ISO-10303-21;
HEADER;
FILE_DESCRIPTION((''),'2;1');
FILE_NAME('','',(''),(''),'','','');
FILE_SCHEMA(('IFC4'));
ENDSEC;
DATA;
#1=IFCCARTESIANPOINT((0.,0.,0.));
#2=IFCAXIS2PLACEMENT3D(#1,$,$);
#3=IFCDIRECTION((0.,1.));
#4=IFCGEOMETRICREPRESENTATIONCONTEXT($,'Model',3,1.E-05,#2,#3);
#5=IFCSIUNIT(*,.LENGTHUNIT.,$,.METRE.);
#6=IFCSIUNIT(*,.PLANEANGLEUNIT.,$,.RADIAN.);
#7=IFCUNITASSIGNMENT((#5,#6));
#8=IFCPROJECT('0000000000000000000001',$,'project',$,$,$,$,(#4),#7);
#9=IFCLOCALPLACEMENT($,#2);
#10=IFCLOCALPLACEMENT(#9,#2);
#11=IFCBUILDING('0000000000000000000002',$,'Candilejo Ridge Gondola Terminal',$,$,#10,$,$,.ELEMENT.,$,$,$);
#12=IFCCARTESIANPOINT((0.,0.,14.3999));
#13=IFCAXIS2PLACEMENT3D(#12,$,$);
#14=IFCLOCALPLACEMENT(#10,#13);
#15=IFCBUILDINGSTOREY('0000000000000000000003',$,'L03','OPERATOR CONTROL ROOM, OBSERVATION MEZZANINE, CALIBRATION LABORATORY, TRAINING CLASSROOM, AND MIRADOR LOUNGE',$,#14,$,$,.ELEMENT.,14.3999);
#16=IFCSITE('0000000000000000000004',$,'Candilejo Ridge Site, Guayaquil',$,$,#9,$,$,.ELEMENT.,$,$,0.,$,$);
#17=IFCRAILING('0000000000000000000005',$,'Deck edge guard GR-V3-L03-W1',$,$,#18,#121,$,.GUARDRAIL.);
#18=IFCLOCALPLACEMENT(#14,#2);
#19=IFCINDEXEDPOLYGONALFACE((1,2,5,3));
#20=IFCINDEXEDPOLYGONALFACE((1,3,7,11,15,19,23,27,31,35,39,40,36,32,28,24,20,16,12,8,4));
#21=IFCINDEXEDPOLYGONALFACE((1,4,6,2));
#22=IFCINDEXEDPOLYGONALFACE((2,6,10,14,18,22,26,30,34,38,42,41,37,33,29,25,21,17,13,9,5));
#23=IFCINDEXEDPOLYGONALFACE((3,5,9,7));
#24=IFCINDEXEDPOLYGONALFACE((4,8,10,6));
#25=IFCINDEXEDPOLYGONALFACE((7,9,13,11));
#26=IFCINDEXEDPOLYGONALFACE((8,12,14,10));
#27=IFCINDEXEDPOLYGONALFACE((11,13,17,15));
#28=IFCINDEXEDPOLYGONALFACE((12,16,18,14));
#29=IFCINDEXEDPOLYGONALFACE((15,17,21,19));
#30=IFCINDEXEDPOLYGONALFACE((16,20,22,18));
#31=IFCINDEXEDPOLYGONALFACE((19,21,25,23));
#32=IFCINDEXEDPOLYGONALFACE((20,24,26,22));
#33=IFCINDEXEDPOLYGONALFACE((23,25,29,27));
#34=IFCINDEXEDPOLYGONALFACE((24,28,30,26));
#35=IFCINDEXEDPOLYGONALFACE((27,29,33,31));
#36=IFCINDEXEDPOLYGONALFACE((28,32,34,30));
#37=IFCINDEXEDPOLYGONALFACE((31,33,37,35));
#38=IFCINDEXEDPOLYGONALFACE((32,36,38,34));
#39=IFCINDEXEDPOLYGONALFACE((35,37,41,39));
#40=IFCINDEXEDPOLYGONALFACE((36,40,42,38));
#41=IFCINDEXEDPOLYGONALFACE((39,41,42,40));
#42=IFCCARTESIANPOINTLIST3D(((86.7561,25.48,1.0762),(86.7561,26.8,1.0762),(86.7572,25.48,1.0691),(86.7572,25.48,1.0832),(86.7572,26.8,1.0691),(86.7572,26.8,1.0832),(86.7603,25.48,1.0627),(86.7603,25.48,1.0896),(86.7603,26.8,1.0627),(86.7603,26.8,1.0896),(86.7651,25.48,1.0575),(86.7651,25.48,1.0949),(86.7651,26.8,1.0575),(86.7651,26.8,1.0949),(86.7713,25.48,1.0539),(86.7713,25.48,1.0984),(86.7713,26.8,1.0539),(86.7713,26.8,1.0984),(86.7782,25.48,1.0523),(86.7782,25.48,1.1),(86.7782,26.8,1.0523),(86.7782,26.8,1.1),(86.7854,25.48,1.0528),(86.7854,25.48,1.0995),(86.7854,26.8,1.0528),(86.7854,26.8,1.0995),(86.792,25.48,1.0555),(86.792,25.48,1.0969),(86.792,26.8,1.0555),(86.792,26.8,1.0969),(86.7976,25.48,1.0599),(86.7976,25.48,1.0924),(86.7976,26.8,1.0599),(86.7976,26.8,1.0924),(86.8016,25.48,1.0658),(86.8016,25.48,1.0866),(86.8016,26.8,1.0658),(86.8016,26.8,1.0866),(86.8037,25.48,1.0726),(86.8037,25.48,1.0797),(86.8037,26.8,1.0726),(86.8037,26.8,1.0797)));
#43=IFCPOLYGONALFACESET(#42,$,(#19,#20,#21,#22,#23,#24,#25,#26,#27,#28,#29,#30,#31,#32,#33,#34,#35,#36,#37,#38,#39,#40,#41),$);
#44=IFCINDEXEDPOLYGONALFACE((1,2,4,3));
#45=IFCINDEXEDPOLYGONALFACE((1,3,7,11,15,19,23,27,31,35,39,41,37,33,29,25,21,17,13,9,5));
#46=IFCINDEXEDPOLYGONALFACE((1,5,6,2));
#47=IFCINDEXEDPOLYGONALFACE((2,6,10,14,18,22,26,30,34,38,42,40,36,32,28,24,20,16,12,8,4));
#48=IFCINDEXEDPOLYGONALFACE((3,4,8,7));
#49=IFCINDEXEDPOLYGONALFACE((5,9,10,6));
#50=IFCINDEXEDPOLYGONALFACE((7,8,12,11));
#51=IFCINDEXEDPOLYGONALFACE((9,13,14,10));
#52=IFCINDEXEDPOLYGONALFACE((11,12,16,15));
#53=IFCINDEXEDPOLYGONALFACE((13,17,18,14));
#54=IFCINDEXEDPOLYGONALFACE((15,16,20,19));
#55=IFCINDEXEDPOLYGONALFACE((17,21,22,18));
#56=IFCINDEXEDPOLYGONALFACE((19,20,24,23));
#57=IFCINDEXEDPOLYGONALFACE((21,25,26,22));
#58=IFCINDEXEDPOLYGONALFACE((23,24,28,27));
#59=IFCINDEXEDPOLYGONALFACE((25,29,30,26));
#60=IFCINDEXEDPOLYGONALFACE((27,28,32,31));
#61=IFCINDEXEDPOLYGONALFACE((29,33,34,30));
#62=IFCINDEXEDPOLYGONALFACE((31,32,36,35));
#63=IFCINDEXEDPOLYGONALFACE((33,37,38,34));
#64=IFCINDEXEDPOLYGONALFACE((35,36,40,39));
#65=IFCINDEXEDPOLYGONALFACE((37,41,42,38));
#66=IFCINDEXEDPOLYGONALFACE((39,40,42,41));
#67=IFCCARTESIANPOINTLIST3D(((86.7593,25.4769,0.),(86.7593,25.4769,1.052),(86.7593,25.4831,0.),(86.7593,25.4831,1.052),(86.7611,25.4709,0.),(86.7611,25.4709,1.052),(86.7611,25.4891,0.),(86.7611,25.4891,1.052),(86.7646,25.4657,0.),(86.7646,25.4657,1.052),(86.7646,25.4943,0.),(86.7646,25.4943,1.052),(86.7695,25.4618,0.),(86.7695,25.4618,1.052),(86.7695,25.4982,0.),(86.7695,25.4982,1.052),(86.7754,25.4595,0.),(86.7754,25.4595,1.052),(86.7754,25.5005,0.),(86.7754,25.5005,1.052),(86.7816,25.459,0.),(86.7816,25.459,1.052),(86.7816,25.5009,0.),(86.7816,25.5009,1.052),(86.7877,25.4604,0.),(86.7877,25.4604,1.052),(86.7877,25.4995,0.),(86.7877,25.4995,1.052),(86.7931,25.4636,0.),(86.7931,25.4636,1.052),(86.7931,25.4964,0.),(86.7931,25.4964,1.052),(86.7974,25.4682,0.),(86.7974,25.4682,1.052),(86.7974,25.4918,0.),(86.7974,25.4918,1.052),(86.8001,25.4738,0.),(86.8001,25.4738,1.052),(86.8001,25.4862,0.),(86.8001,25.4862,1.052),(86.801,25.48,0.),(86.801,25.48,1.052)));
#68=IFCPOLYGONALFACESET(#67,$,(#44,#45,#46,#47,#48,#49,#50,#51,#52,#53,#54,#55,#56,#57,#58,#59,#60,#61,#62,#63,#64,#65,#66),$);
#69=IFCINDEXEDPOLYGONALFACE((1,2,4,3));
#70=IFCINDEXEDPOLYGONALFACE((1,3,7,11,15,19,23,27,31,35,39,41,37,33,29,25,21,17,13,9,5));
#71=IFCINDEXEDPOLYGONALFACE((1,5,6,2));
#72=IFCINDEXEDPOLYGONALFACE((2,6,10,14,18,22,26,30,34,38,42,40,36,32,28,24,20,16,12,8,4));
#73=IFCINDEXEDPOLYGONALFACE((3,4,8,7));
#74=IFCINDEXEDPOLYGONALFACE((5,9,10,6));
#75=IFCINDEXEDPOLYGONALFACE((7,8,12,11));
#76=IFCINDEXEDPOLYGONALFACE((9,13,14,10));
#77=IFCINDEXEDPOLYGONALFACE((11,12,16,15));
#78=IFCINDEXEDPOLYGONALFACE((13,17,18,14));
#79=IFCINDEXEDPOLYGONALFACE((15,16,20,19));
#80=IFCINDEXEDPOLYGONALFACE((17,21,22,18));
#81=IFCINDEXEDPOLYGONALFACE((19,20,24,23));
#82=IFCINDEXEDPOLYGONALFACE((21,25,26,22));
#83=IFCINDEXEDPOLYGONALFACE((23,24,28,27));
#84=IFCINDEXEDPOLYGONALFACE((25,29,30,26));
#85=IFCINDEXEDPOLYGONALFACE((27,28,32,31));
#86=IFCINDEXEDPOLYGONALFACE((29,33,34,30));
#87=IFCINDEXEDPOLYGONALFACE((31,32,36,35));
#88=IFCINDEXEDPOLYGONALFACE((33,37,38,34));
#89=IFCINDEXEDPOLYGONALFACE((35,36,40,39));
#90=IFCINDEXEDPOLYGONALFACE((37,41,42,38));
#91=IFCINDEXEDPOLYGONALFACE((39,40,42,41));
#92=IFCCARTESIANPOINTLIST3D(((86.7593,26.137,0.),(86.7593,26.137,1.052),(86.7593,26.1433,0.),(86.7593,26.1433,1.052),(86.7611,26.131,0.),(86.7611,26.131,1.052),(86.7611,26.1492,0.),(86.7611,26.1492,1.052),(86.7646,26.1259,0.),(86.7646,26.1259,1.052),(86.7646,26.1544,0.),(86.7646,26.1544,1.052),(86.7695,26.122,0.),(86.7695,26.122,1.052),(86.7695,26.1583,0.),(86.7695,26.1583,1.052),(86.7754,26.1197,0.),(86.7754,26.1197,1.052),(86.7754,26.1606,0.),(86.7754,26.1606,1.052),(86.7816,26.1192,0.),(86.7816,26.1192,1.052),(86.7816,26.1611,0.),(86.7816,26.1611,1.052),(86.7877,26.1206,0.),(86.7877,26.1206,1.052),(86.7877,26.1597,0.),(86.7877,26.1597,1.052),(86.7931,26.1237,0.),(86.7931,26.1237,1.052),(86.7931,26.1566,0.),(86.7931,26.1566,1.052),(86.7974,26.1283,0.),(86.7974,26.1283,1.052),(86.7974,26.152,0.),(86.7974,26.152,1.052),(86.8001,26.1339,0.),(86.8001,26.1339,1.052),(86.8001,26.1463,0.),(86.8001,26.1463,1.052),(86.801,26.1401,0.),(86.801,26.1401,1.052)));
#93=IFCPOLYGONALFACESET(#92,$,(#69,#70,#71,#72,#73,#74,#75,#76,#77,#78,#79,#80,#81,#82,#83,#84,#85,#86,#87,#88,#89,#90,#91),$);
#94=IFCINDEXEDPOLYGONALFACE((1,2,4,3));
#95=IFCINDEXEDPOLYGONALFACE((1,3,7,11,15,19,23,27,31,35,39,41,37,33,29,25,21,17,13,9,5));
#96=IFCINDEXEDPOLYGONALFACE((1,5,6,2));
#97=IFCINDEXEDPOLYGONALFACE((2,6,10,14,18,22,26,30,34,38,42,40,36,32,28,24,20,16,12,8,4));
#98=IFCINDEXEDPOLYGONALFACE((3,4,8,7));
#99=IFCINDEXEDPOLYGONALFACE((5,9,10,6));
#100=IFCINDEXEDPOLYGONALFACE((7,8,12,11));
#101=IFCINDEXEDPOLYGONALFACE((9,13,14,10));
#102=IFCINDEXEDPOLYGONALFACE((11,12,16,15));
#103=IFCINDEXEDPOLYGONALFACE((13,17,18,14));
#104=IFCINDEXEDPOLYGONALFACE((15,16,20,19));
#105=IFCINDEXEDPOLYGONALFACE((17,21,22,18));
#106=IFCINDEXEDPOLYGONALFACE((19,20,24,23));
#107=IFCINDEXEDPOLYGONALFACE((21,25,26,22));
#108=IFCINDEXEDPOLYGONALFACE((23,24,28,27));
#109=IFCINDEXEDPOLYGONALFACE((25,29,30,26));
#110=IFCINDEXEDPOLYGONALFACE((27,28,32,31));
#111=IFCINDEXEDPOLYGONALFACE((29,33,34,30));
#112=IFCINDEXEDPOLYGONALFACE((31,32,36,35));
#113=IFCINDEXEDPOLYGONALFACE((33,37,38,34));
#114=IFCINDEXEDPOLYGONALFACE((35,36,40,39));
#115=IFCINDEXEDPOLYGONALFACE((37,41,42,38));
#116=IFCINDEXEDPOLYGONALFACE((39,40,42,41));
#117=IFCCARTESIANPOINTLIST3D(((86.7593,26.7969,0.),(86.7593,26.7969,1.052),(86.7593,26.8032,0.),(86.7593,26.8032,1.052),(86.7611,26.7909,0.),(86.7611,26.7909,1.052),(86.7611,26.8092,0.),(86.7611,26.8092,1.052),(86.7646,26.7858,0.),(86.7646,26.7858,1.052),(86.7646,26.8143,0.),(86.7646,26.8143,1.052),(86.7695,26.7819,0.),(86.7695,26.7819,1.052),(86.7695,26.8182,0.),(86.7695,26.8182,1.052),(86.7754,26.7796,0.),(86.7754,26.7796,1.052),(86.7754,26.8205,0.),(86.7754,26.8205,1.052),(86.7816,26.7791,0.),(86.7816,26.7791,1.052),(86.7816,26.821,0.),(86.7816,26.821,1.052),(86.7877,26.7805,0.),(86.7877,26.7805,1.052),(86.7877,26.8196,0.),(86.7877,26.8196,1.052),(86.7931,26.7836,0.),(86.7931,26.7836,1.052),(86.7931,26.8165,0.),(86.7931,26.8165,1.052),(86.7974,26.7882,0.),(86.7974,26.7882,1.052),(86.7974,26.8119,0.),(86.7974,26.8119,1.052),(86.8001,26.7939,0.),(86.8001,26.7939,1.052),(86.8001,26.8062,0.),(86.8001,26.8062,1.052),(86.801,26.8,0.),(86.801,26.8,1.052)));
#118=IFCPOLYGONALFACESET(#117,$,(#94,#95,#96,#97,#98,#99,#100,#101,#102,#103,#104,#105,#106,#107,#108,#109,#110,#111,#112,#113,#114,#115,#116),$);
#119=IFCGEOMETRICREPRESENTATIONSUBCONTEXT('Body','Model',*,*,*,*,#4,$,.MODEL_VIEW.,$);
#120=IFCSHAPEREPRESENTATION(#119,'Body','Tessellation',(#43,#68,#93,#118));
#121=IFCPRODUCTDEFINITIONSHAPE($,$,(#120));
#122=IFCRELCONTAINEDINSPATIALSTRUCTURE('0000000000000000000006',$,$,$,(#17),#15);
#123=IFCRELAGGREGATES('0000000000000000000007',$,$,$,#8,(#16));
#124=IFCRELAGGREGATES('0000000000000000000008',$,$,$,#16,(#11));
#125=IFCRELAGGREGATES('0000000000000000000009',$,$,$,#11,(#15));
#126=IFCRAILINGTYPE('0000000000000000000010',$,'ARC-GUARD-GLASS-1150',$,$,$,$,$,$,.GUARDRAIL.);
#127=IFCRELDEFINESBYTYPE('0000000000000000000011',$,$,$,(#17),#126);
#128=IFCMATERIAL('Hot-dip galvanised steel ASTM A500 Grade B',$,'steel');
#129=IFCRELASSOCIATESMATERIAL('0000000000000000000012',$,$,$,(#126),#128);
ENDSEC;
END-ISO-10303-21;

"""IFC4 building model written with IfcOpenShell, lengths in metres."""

from ifc_helpers import new_model, si_unit, direction, frame, origin, origin_2d, place, context, subcontext, project, spatial, circle, extrude, material, type_object, element, save


model = new_model("IFC4")

# Units and contexts
model_context = context("Model", 3, precision=1e-05, world=origin(), true_north=direction((0.0, 1.0)))
body_context = subcontext(model_context, "Body", "Model", "MODEL_VIEW")
ifc_project = project(units=[si_unit("LENGTHUNIT", "METRE"), si_unit("PLANEANGLEUNIT", "RADIAN")], contexts=[model_context])

# Site, building, storey
site_placement = place(None, origin())
site = spatial("IfcSite", under=ifc_project, at=site_placement, Name="Candilejo Ridge Site, Guayaquil", CompositionType="ELEMENT", RefElevation=0.0)
building_placement = place(site_placement, origin())
building = spatial("IfcBuilding", under=site, at=building_placement, Name="Candilejo Ridge Gondola Terminal", CompositionType="ELEMENT")
storey_placement = place(building_placement, frame((0.0, 0.0, 14.3999)))
storey = spatial("IfcBuildingStorey", under=building, at=storey_placement, Name="L03", Description="OPERATOR CONTROL ROOM, OBSERVATION MEZZANINE, CALIBRATION LABORATORY, TRAINING CLASSROOM, AND MIRADOR LOUNGE", CompositionType="ELEMENT", Elevation=14.3999)

# Railing
ifc_material_1 = material(Name="Hot-dip galvanised steel ASTM A500 Grade B", Category="steel")
railing_type_1 = type_object("IfcRailingType", Name="ARC-GUARD-GLASS-1150", PredefinedType="GUARDRAIL", material=ifc_material_1)
for number, where, name in (
    (1, (86.78, 25.48, 0.0), "Deck edge guard GR-V3-L03-W1"),
):
    element("IfcRailing", number, at=place(storey_placement, frame(where)), inside=storey, type_object=railing_type_1, Name=name, PredefinedType="GUARDRAIL", context=body_context, shape_type="SweptSolid", body=[
        extrude(circle(Radius=0.0239, at=origin_2d()), frame((0.0, 0.0, 1.0762), z_axis=(0.0, 1.0, 0.0), x_axis=(-1.0, 0.0, 0.0)), (0.0, 0.0, 1.0), 1.3201),
        extrude(circle(Radius=0.021, at=origin_2d()), origin(), (0.0, 0.0, 1.0), 1.052),
        extrude(circle(Radius=0.021, at=origin_2d()), frame((0.0, 0.6602, 0.0)), (0.0, 0.0, 1.0), 1.052),
        extrude(circle(Radius=0.021, at=origin_2d()), frame((0.0, 1.3201, 0.0)), (0.0, 0.0, 1.0), 1.052),
    ])

save(model, "model.ifc")
